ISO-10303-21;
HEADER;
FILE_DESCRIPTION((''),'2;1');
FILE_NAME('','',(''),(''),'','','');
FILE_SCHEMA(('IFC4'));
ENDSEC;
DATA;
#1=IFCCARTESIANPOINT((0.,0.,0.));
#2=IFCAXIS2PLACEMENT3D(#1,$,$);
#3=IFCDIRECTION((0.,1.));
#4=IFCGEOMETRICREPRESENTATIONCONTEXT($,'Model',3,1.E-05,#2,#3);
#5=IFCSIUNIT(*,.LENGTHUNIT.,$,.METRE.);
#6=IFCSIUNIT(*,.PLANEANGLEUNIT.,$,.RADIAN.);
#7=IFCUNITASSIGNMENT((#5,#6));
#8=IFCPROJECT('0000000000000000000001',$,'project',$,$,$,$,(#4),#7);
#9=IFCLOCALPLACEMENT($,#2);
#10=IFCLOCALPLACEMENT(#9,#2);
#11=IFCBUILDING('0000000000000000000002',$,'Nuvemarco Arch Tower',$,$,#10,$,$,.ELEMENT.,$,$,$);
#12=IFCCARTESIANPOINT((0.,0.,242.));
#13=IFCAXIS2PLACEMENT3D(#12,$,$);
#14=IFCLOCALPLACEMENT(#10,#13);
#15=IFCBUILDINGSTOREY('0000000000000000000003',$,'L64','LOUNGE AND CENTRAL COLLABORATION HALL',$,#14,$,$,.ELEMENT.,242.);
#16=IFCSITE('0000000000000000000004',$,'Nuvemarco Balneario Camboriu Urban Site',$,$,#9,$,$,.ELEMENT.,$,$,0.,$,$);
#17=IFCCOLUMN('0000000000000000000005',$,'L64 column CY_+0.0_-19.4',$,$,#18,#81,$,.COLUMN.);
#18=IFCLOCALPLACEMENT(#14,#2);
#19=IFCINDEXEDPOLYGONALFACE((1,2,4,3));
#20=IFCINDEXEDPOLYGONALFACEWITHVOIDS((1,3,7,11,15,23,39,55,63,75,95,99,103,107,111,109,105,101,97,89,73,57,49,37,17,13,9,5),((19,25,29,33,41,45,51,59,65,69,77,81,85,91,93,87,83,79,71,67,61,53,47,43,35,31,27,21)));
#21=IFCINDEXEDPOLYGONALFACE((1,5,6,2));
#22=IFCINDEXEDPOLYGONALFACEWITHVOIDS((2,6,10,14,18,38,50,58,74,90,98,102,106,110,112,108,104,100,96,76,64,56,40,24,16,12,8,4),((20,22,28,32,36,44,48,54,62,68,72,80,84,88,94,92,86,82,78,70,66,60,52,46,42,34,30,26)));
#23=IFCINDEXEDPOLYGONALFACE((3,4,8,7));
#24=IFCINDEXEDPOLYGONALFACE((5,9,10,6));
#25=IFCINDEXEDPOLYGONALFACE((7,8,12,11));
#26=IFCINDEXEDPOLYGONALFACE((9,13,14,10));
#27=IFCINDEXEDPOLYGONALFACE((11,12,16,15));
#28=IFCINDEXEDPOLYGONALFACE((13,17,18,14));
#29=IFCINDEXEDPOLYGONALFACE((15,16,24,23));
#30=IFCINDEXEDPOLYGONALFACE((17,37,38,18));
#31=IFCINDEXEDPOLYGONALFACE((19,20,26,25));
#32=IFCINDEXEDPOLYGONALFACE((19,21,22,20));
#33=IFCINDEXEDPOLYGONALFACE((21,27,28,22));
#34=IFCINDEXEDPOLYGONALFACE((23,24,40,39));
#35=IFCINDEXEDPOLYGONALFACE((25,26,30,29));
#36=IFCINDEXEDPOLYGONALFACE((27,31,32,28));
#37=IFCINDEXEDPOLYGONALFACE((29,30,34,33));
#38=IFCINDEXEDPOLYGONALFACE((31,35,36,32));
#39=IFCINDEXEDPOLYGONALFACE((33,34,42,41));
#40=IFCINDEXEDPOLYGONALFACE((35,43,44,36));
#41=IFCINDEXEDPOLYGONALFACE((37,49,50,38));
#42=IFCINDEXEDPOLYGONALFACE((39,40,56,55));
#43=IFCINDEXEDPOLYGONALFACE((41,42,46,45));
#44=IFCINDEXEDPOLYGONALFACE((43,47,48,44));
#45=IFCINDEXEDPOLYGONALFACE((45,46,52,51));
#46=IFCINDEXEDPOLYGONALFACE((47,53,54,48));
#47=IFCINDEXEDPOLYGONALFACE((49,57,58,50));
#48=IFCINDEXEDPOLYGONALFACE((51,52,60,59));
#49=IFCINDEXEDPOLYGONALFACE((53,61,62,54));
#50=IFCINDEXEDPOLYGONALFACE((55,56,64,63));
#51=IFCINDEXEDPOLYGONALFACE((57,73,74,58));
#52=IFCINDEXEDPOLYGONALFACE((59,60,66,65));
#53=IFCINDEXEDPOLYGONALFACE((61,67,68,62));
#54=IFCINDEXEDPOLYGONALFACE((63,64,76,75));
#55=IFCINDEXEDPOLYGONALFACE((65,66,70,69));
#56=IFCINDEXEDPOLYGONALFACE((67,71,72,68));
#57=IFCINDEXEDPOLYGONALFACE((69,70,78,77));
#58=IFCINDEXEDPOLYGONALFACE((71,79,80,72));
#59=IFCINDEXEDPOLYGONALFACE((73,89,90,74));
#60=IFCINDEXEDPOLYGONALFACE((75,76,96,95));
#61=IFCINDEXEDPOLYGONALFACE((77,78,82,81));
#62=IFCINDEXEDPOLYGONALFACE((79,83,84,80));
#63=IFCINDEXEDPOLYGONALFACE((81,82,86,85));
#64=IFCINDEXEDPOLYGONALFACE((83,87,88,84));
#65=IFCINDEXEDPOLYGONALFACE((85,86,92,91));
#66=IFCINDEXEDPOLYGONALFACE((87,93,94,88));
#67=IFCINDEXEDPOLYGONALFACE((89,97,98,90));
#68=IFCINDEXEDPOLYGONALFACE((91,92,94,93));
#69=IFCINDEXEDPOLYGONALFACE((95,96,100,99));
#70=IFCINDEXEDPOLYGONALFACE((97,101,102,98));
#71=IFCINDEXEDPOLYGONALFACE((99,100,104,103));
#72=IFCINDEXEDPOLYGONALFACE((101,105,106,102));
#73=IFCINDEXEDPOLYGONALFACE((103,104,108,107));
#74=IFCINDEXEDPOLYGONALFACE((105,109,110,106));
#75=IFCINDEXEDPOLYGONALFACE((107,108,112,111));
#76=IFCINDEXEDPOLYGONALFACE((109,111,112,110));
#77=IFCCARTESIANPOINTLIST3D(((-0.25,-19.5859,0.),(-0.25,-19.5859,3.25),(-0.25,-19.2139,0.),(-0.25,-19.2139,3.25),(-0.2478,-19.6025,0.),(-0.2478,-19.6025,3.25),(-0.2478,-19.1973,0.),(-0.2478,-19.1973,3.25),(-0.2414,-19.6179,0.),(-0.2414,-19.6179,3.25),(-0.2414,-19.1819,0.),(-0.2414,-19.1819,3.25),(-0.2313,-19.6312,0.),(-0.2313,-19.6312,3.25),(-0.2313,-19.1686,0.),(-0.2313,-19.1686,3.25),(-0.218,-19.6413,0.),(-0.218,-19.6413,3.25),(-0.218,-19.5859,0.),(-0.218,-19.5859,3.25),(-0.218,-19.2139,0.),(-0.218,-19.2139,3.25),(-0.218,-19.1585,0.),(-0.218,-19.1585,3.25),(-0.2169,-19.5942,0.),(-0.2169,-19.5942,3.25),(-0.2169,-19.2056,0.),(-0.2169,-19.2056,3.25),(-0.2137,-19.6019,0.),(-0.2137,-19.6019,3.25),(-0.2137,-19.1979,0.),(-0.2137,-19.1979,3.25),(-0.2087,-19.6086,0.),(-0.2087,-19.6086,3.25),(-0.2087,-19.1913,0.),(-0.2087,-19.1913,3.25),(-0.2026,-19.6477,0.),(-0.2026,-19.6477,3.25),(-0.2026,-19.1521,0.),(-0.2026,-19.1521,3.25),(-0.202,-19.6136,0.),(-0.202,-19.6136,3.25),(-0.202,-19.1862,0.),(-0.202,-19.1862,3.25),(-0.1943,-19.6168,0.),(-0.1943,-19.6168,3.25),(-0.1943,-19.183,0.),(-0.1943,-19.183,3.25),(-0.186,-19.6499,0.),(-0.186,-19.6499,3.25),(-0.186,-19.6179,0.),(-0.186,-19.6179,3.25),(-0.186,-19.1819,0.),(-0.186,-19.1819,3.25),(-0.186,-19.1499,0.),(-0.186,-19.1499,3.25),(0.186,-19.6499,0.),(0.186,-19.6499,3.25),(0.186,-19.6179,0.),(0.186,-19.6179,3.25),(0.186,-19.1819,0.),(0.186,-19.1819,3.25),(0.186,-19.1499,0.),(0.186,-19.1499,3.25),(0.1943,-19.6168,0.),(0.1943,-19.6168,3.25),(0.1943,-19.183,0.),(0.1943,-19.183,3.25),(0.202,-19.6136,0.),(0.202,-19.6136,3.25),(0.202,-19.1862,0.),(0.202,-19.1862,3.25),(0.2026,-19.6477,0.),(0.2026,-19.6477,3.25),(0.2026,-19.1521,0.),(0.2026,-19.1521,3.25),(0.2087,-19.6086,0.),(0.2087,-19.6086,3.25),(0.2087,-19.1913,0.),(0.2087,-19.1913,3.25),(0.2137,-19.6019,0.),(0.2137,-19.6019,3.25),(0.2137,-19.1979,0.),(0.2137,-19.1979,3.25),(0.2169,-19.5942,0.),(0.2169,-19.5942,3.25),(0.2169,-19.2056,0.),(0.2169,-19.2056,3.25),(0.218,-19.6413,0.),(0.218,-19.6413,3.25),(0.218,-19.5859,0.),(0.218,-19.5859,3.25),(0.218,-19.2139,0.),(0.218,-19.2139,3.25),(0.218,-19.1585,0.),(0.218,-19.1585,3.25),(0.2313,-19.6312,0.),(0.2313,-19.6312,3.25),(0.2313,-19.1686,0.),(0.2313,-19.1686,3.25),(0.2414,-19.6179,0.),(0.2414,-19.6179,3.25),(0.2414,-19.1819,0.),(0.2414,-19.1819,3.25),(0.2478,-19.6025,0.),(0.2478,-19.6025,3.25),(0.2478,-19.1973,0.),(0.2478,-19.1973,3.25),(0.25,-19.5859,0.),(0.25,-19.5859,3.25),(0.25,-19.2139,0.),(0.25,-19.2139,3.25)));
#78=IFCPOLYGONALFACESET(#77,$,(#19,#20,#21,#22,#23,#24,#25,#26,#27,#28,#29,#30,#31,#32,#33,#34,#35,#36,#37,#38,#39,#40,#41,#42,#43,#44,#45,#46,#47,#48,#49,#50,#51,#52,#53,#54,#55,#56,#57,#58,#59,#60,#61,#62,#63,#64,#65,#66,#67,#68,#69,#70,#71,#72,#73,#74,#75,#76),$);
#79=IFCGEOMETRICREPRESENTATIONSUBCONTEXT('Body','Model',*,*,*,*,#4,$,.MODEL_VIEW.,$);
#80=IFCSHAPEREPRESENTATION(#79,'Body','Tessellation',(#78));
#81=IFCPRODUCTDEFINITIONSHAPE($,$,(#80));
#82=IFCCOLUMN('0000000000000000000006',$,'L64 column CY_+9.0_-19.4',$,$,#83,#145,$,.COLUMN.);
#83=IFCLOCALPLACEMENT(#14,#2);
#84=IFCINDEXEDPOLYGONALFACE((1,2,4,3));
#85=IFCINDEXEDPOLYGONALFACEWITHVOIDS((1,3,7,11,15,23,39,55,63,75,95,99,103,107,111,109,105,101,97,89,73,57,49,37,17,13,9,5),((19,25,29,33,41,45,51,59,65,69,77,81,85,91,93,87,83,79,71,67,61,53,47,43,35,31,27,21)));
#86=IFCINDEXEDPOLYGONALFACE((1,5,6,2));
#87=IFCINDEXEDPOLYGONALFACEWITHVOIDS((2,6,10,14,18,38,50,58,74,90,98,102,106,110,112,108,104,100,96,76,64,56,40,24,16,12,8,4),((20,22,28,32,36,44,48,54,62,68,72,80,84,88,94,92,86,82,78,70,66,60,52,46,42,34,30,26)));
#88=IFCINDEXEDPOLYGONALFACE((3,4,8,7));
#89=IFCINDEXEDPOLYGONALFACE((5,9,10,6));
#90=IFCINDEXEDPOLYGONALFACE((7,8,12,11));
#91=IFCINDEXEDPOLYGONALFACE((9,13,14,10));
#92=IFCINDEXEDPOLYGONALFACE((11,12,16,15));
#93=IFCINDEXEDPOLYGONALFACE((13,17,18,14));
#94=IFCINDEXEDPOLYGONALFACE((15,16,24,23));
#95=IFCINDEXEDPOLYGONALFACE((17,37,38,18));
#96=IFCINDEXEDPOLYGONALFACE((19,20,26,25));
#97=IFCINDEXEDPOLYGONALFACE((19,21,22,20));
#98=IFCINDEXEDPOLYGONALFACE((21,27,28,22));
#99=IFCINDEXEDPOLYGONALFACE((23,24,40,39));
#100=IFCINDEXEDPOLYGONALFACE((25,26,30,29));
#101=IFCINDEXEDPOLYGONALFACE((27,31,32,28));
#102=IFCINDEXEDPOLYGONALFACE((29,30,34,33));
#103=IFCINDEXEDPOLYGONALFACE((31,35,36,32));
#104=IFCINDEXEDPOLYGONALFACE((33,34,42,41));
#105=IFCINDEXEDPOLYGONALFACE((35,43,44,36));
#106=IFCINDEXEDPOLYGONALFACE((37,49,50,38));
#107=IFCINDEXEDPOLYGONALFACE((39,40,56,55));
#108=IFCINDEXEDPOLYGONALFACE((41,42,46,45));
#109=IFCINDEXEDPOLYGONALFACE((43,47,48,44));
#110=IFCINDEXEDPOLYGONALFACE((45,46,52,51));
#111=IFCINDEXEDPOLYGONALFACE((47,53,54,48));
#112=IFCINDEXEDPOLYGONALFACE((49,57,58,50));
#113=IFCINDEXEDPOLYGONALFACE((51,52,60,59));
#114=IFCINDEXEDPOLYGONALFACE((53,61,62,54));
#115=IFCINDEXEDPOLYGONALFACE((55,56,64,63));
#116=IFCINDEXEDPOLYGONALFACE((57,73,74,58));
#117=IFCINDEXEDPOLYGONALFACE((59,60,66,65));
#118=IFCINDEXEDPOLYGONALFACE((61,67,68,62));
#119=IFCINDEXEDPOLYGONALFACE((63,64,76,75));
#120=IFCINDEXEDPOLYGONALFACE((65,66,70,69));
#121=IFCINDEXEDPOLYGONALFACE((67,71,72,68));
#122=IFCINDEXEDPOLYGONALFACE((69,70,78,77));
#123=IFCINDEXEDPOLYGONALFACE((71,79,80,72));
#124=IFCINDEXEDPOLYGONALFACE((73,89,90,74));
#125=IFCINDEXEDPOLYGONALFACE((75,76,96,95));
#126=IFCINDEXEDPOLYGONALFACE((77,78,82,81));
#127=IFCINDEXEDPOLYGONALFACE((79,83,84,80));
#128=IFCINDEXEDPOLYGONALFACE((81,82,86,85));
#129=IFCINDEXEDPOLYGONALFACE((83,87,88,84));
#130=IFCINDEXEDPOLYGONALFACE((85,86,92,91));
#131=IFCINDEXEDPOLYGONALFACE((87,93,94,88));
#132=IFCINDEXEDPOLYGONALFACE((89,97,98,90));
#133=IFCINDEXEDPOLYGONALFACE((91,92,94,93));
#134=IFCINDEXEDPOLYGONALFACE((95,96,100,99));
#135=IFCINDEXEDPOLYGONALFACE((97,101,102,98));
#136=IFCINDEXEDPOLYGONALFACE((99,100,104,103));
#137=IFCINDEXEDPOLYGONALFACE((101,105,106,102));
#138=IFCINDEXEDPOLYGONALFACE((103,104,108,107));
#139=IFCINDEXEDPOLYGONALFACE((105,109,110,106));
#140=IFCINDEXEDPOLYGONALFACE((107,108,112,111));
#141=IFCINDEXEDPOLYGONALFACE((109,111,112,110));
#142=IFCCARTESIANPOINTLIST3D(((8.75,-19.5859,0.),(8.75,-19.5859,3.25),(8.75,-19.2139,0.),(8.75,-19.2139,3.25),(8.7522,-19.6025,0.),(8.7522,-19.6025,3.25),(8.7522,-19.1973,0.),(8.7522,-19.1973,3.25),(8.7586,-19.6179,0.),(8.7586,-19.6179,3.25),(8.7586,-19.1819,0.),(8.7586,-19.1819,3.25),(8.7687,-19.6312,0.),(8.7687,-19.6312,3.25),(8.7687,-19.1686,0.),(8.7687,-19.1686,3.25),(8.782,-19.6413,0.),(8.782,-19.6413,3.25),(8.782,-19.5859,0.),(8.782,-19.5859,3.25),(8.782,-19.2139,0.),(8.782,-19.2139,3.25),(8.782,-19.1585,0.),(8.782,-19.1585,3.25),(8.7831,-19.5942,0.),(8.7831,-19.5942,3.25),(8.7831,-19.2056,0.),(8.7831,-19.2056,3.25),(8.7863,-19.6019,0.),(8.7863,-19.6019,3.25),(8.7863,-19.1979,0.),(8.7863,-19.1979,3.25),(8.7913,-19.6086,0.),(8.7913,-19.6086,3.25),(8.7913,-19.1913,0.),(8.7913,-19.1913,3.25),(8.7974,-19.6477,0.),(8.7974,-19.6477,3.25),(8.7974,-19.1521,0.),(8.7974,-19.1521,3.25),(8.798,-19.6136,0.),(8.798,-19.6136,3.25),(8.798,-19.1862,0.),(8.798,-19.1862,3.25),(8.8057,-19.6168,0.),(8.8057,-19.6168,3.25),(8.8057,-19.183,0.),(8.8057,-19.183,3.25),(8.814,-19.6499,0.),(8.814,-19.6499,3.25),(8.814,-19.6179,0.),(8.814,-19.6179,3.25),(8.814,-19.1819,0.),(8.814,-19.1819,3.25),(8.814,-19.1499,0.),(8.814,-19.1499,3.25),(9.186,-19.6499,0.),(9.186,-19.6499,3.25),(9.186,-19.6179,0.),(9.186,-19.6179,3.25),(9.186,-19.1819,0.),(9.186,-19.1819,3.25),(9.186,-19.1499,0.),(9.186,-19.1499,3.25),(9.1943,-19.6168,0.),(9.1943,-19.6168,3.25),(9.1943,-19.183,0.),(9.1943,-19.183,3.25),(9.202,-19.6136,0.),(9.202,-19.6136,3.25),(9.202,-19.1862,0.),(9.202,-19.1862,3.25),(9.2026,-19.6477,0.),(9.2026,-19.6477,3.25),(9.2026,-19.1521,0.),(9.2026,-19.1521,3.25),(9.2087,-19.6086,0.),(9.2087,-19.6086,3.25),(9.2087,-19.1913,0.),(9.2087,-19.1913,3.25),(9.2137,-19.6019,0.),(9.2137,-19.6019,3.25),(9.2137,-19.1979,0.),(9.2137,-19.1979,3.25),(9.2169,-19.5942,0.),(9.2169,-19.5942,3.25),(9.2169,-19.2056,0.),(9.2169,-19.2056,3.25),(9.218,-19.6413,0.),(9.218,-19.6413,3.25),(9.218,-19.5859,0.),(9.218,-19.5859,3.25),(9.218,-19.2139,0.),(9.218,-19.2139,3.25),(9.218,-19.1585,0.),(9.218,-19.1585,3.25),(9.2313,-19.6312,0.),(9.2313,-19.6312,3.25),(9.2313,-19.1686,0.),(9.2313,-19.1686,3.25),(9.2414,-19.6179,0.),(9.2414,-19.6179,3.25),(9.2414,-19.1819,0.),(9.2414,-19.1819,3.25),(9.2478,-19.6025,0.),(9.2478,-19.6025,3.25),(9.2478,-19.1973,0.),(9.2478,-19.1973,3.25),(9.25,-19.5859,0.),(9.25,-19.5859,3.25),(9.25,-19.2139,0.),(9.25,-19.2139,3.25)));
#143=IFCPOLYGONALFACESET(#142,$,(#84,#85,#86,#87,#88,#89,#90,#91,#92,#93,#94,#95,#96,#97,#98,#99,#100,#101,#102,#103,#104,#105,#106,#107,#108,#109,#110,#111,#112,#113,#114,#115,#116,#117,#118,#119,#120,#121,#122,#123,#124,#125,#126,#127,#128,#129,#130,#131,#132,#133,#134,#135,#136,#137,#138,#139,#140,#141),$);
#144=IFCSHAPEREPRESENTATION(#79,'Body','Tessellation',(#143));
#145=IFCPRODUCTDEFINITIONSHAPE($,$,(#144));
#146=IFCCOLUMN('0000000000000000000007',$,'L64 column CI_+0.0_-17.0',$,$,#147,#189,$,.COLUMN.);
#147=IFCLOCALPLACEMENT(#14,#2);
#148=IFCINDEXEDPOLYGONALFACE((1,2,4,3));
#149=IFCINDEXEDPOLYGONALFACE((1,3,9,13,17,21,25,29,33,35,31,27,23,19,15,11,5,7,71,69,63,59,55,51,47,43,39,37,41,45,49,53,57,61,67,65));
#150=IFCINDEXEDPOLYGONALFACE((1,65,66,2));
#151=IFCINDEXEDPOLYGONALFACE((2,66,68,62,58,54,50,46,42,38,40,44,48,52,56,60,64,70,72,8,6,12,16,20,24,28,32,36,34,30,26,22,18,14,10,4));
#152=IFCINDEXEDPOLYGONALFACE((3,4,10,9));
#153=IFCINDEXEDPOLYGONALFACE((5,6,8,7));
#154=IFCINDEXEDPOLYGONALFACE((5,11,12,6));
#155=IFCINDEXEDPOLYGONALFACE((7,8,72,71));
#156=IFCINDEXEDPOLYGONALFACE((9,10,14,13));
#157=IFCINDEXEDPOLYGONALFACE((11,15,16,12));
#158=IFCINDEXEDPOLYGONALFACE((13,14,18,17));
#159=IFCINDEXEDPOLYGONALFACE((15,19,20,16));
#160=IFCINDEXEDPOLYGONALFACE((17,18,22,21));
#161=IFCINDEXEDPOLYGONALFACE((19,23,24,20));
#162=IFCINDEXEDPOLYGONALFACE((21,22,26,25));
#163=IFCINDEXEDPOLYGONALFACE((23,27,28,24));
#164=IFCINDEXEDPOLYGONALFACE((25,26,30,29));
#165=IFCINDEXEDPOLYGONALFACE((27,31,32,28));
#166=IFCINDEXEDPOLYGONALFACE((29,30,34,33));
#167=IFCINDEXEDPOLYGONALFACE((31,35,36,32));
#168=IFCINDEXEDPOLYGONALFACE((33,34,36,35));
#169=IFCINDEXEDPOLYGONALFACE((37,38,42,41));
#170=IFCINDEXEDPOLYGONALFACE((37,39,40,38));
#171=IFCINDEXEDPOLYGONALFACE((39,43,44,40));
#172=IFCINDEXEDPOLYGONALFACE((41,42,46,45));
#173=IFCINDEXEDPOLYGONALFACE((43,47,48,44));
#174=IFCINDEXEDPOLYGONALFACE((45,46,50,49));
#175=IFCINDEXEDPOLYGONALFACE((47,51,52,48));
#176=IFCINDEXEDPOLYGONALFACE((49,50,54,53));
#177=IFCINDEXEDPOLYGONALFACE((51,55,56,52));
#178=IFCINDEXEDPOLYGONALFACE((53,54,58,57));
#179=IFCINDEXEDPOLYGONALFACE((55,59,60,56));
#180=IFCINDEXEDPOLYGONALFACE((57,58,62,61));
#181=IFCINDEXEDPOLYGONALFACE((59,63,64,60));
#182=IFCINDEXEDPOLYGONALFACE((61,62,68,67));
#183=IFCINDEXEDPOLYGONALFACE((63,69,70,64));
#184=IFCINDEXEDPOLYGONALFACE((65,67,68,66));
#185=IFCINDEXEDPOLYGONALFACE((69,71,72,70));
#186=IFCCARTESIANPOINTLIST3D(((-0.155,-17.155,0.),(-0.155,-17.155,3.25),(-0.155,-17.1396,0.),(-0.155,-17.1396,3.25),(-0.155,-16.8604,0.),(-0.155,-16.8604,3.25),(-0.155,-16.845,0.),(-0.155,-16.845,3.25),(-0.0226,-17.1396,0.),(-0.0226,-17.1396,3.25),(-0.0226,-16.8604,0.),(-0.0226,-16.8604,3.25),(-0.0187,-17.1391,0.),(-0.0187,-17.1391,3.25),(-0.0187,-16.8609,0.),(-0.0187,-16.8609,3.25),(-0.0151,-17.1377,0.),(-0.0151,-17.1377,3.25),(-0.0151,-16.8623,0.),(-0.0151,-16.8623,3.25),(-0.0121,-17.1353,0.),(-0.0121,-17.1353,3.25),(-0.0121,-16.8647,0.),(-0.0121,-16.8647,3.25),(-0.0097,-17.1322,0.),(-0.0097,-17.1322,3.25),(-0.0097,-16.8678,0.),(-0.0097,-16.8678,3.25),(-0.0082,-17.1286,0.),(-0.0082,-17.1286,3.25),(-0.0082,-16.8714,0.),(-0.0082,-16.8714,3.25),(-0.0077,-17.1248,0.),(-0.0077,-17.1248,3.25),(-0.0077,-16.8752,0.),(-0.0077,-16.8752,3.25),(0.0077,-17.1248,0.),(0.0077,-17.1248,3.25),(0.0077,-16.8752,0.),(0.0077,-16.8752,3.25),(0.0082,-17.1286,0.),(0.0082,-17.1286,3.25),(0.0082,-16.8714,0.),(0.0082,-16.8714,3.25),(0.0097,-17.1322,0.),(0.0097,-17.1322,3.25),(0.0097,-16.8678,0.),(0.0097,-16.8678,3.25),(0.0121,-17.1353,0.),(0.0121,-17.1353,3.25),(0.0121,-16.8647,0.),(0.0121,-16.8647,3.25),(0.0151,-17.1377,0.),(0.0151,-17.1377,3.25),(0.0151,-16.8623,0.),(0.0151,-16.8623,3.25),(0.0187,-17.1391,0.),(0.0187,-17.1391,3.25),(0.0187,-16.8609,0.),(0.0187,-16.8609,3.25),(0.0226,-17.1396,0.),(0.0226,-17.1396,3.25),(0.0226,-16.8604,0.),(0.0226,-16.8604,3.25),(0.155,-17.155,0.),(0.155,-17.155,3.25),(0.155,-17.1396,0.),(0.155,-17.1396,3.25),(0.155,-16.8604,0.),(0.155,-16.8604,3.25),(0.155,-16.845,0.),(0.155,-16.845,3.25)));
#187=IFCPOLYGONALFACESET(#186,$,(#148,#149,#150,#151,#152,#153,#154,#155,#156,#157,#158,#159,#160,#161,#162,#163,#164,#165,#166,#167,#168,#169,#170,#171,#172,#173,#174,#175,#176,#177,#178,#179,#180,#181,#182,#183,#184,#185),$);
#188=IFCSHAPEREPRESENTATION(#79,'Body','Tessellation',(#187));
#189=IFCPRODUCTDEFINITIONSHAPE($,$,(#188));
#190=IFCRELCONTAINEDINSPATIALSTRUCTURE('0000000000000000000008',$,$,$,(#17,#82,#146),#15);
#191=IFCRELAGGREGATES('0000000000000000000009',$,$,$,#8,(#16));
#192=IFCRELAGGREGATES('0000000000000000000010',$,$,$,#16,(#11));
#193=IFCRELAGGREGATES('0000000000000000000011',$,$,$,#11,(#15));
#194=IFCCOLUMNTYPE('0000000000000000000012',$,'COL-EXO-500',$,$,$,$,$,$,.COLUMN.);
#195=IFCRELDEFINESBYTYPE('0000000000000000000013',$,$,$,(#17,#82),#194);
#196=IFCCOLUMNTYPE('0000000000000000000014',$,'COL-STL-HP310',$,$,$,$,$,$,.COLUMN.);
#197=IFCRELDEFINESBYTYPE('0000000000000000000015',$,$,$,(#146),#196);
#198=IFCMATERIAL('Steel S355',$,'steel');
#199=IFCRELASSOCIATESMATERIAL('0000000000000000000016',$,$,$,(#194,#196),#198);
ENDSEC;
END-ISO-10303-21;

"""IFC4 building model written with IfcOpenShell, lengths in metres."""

from ifc_helpers import new_model, si_unit, direction, frame, origin, origin_2d, place, context, subcontext, project, spatial, hollow_rectangle, i_section, extrude, material, material_profile, profile_set, type_object, element, save


model = new_model("IFC4")

# Units and contexts
model_context = context("Model", 3, precision=1e-05, world=origin(), true_north=direction((0.0, 1.0)))
body_context = subcontext(model_context, "Body", "Model", "MODEL_VIEW")
ifc_project = project(units=[si_unit("LENGTHUNIT", "METRE"), si_unit("PLANEANGLEUNIT", "RADIAN")], contexts=[model_context])

# Site, building, storey
site_placement = place(None, origin())
site = spatial("IfcSite", under=ifc_project, at=site_placement, Name="Nuvemarco Balneario Camboriu Urban Site", CompositionType="ELEMENT", RefElevation=0.0)
building_placement = place(site_placement, origin())
building = spatial("IfcBuilding", under=site, at=building_placement, Name="Nuvemarco Arch Tower", CompositionType="ELEMENT")
storey_placement = place(building_placement, frame((0.0, 0.0, 242.0)))
storey = spatial("IfcBuildingStorey", under=building, at=storey_placement, Name="L64", Description="LOUNGE AND CENTRAL COLLABORATION HALL", CompositionType="ELEMENT", Elevation=242.0)

# Columns
ifc_material_1 = material(Name="Steel S355", Category="steel")
ifc_material_profile_1 = material_profile(ifc_material_1, hollow_rectangle(XDim=0.5, YDim=0.5, WallThickness=0.032, InnerFilletRadius=0.032, OuterFilletRadius=0.064, at=origin_2d()), Name="SHS500x500x32")
ifc_profile_set_1 = profile_set([ifc_material_profile_1], Name="Steel S355")
column_type_1 = type_object("IfcColumnType", Name="COL-EXO-500", PredefinedType="COLUMN", material=ifc_profile_set_1)
for number, where, z_axis, x_axis, name in (
    (1, (0.0, -19.3999, 0.0), (0.0, 0.0, 1.0), (1.0, 0.0, 0.0), "L64 column CY_+0.0_-19.4"),
    (2, (9.0, -19.3999, 0.0), (0.0, 0.0, 1.0), (1.0, 0.0, 0.0), "L64 column CY_+9.0_-19.4"),
):
    element("IfcColumn", number, at=place(storey_placement, frame(where, z_axis=z_axis, x_axis=x_axis)), inside=storey, type_object=column_type_1, Name=name, PredefinedType="COLUMN", context=body_context, shape_type="SweptSolid", body=[
        extrude(hollow_rectangle(XDim=0.5, YDim=0.5, WallThickness=0.032, InnerFilletRadius=0.032, OuterFilletRadius=0.064, at=origin_2d()), origin(), (0.0, 0.0, 1.0), 3.25),
    ])
ifc_material_profile_2 = material_profile(ifc_material_1, i_section(OverallWidth=0.3101, OverallDepth=0.3101, WebThickness=0.0154, FlangeThickness=0.0154, FilletRadius=0.0149, at=origin_2d()), Name="HP310x110")
ifc_profile_set_2 = profile_set([ifc_material_profile_2], Name="Steel S355")
column_type_2 = type_object("IfcColumnType", Name="COL-STL-HP310", PredefinedType="COLUMN", material=ifc_profile_set_2)
column_placement = place(storey_placement, frame((0.0, -17.0, 0.0), z_axis=(0.0, 0.0, 1.0), x_axis=(1.0, 0.0, 0.0)))
element("IfcColumn", 3, at=column_placement, inside=storey, type_object=column_type_2, Name="L64 column CI_+0.0_-17.0", PredefinedType="COLUMN", context=body_context, shape_type="SweptSolid", body=[
    extrude(i_section(OverallWidth=0.3101, OverallDepth=0.3101, WebThickness=0.0154, FlangeThickness=0.0154, FilletRadius=0.0149, at=origin_2d()), origin(), (0.0, 0.0, 1.0), 3.25),
])

save(model, "model.ifc")
